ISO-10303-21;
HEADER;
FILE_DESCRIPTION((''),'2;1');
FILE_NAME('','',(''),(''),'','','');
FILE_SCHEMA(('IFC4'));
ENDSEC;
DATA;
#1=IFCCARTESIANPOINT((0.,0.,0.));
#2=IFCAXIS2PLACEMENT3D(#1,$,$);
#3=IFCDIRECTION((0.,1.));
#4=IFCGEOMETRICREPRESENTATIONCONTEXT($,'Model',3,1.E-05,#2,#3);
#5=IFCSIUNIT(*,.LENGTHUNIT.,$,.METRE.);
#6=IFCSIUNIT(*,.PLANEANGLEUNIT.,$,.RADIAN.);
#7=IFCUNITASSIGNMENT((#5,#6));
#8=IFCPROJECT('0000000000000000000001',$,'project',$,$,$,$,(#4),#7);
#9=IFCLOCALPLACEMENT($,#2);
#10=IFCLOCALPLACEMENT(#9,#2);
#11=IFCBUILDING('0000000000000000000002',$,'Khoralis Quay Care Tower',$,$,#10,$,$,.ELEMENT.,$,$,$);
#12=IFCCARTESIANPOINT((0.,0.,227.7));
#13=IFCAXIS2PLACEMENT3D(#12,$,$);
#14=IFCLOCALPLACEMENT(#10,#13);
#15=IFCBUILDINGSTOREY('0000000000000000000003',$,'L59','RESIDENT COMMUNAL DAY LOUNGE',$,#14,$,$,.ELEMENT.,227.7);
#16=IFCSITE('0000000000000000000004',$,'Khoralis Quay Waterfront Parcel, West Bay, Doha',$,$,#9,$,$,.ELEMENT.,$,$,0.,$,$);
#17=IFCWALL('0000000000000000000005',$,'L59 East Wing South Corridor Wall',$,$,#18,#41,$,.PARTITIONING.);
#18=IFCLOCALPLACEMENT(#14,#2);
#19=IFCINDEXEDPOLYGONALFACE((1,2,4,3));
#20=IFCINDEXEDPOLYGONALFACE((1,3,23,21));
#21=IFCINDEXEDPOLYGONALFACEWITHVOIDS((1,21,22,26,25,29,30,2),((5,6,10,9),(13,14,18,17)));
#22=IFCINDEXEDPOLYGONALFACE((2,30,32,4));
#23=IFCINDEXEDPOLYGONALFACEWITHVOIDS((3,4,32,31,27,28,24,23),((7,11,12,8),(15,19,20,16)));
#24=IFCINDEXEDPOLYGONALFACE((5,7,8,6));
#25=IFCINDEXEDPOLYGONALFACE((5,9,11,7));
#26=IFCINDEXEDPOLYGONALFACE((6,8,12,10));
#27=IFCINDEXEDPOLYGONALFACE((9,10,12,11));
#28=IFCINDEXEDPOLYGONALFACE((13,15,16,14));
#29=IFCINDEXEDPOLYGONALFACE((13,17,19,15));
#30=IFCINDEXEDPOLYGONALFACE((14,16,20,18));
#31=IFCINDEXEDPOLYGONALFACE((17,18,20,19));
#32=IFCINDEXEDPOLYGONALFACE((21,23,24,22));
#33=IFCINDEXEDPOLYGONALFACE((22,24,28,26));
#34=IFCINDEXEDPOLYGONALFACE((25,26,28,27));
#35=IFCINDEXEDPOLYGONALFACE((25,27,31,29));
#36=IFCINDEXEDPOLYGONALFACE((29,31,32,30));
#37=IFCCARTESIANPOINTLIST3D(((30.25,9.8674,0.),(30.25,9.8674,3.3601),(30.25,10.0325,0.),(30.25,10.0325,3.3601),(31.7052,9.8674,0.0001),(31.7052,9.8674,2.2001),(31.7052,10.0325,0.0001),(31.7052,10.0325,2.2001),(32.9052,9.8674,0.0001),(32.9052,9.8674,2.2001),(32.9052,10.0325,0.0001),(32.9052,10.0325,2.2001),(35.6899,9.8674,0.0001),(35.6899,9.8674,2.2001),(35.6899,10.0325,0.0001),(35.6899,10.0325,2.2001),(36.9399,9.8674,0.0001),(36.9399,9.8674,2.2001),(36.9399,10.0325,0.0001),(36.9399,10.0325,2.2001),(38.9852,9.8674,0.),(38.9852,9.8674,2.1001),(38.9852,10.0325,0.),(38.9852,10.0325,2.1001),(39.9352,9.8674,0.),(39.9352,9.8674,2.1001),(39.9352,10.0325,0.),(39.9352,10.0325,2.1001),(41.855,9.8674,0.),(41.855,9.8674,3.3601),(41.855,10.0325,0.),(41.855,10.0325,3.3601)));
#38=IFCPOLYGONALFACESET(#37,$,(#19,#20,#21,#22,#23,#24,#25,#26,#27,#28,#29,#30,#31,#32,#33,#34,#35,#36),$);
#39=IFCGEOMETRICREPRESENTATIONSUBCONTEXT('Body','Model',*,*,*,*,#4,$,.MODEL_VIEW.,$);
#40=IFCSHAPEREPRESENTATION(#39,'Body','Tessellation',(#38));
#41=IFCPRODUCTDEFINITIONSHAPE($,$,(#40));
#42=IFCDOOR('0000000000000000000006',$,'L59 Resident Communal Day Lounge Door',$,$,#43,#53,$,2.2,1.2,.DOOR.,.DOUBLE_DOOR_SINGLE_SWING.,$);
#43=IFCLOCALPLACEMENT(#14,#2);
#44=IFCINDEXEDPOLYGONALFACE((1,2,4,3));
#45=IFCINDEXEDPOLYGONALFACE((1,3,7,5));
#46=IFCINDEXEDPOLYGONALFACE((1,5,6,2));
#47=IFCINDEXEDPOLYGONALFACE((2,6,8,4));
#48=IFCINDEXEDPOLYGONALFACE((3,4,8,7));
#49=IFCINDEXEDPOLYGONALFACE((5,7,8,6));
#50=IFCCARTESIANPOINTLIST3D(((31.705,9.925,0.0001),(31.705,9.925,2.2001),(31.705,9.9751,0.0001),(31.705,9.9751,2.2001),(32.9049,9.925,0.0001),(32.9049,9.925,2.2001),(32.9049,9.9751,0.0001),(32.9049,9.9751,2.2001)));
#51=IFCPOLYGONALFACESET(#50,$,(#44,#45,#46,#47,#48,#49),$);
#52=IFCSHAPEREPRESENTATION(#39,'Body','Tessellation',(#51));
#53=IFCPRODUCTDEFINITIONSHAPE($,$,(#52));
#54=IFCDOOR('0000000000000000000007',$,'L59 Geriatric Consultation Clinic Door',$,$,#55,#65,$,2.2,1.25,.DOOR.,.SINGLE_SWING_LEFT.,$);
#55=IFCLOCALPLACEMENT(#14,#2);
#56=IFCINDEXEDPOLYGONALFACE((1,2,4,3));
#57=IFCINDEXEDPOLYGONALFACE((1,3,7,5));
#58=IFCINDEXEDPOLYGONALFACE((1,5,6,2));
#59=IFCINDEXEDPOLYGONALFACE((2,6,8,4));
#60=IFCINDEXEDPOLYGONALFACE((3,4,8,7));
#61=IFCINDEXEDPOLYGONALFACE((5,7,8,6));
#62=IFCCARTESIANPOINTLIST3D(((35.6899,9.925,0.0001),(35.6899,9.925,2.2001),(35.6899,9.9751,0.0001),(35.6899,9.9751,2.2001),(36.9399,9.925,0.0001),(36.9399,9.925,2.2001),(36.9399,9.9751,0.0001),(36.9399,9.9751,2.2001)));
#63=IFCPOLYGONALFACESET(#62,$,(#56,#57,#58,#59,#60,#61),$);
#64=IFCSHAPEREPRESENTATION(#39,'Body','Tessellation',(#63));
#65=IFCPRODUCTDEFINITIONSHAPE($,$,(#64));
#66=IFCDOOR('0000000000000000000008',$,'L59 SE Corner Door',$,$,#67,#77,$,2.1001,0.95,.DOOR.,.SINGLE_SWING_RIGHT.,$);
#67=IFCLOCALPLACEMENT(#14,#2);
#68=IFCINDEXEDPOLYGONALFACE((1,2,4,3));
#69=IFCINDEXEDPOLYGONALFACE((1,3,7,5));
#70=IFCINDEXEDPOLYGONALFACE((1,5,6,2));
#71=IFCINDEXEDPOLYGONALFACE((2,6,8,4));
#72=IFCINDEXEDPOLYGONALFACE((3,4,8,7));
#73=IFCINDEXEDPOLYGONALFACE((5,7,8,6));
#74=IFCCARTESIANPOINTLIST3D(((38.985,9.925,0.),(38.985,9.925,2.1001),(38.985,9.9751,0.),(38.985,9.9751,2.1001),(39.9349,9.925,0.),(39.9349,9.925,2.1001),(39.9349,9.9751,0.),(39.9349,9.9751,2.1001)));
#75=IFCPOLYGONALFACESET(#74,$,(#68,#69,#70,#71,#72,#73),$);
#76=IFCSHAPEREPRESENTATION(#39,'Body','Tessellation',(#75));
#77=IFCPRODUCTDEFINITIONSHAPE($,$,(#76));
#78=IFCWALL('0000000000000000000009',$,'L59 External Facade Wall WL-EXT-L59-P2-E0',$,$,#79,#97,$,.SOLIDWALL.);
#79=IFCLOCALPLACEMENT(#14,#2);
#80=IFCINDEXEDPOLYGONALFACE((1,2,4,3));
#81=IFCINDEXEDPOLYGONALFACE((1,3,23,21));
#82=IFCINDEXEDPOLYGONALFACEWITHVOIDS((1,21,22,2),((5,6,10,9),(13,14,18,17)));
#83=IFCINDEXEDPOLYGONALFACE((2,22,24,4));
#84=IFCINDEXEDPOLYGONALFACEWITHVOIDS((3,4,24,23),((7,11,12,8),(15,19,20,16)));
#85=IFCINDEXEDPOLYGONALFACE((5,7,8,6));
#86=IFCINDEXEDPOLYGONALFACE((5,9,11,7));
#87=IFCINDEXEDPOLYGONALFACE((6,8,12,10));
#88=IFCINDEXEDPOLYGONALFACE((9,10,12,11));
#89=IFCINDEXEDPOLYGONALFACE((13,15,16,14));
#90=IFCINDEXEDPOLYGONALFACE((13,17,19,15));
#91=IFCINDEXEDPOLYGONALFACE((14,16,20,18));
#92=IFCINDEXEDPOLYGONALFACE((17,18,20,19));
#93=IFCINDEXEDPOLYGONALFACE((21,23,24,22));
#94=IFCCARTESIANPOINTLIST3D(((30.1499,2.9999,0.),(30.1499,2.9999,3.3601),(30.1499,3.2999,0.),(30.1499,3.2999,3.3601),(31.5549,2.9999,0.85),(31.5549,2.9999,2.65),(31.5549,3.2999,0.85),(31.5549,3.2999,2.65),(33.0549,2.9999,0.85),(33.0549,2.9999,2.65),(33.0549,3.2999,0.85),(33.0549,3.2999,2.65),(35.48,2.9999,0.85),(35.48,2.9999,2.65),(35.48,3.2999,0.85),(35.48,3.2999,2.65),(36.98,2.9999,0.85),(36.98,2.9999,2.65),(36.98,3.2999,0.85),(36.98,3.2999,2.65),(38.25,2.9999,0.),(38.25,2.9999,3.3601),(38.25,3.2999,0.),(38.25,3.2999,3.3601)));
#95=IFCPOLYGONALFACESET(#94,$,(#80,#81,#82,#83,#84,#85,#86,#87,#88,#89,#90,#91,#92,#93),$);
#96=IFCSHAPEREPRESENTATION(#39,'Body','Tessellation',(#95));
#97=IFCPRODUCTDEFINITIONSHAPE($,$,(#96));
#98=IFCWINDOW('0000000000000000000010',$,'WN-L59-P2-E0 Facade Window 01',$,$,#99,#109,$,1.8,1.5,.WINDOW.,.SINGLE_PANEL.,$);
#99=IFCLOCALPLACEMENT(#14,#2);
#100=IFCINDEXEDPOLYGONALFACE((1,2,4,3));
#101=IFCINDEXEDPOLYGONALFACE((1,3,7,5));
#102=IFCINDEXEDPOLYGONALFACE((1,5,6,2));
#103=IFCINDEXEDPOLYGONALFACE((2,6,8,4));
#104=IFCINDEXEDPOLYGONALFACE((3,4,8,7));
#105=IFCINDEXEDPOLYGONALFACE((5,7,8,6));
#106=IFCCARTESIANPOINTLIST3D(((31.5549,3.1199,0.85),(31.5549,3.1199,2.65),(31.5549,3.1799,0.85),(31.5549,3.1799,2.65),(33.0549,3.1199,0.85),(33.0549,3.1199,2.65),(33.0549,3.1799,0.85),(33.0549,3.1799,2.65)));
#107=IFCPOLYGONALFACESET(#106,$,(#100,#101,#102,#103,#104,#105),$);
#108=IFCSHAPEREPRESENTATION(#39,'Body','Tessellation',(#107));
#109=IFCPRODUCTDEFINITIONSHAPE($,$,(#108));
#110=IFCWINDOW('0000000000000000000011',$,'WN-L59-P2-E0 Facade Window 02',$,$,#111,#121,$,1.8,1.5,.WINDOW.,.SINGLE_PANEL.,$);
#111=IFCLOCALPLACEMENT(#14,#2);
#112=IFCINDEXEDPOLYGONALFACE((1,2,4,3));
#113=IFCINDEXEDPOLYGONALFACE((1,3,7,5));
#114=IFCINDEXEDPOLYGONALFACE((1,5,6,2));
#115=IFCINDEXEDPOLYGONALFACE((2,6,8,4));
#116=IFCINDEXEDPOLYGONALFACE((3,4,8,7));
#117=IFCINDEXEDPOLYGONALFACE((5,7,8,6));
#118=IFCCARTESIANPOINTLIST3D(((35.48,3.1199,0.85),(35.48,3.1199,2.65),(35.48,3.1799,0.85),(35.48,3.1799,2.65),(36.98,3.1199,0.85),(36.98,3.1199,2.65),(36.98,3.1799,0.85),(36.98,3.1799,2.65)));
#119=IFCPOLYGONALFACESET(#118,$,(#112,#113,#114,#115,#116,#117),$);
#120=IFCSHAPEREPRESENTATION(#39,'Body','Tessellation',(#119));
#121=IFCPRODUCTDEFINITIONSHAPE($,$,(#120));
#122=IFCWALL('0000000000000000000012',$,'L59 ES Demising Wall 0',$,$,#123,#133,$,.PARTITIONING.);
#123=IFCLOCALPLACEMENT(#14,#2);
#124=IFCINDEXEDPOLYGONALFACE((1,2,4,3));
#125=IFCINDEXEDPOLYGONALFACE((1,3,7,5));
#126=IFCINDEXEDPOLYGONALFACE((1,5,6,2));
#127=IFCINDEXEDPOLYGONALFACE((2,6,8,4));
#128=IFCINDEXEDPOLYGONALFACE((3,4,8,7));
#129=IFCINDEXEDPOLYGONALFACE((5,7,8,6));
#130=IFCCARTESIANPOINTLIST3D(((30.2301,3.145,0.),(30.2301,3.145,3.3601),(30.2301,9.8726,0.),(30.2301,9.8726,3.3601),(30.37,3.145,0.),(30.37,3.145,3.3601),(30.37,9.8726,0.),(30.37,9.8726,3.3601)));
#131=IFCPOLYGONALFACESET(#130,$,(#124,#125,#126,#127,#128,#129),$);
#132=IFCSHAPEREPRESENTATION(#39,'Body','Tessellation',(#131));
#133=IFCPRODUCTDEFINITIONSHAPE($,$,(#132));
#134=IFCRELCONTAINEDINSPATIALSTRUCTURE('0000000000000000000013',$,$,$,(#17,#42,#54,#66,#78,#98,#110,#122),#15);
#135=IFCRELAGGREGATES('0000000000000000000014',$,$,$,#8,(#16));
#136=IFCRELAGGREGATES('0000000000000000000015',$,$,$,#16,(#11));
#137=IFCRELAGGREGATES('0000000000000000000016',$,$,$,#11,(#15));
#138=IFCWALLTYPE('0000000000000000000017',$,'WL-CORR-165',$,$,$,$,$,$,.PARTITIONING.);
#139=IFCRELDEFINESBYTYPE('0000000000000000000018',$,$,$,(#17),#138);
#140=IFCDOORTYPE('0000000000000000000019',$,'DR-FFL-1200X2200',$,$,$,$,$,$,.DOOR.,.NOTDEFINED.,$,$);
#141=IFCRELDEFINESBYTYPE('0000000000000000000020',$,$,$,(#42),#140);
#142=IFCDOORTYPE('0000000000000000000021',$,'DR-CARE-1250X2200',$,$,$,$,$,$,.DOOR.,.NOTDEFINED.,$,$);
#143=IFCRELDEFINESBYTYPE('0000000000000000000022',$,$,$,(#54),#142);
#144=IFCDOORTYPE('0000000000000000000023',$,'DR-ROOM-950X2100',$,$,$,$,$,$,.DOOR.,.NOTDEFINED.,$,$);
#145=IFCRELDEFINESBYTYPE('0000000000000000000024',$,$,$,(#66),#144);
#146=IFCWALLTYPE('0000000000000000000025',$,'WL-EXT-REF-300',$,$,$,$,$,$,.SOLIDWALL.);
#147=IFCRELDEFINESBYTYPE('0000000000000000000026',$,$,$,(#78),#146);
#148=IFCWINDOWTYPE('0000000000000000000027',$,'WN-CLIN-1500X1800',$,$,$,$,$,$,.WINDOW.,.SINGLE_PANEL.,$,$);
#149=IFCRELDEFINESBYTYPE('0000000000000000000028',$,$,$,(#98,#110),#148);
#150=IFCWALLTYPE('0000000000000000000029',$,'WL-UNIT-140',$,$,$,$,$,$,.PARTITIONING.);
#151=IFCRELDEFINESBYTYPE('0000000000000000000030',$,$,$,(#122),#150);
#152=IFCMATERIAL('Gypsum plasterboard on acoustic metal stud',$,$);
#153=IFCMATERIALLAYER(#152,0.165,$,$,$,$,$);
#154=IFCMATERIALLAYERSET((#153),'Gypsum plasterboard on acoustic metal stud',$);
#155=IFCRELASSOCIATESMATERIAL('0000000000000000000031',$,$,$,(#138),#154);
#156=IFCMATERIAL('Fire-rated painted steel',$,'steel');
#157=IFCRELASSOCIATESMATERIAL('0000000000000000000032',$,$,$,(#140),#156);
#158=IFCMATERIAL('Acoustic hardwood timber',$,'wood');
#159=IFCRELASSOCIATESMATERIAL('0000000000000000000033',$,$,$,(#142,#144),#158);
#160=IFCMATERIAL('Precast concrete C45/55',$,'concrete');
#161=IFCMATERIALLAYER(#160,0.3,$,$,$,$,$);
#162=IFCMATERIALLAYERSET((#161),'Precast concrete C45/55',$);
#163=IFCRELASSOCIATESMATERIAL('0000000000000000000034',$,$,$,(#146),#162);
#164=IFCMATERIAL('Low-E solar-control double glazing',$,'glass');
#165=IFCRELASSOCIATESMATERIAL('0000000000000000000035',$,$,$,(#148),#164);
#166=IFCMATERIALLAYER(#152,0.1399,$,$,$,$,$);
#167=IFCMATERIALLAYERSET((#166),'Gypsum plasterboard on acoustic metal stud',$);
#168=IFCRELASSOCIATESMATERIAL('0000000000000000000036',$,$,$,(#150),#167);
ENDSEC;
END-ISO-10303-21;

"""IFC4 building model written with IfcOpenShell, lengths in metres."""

from ifc_helpers import new_model, si_unit, direction, frame, frame_2d, origin, place, context, subcontext, project, spatial, rectangle, extrude, source, transform, mapped, material, layer, layer_set, type_object, element, fill, save


model = new_model("IFC4")

# Units and contexts
model_context = context("Model", 3, precision=1e-05, world=origin(), true_north=direction((0.0, 1.0)))
body_context = subcontext(model_context, "Body", "Model", "MODEL_VIEW")
ifc_project = project(units=[si_unit("LENGTHUNIT", "METRE"), si_unit("PLANEANGLEUNIT", "RADIAN")], contexts=[model_context])

# Site, building, storey
site_placement = place(None, origin())
site = spatial("IfcSite", under=ifc_project, at=site_placement, Name="Khoralis Quay Waterfront Parcel, West Bay, Doha", CompositionType="ELEMENT", RefElevation=0.0)
building_placement = place(site_placement, origin())
building = spatial("IfcBuilding", under=site, at=building_placement, Name="Khoralis Quay Care Tower", CompositionType="ELEMENT")
storey_placement = place(building_placement, frame((0.0, 0.0, 227.7)))
storey = spatial("IfcBuildingStorey", under=building, at=storey_placement, Name="L59", Description="RESIDENT COMMUNAL DAY LOUNGE", CompositionType="ELEMENT", Elevation=227.7)

# Shared definitions
ifc_material_1 = material(Name="Low-E solar-control double glazing", Category="glass")

# Wall, openings, doors
ifc_material_2 = material(Name="Gypsum plasterboard on acoustic metal stud")
ifc_layer_1 = layer(ifc_material_2, 0.165)
ifc_layer_set_1 = layer_set([ifc_layer_1], Name="Gypsum plasterboard on acoustic metal stud")
wall_type_1 = type_object("IfcWallType", Name="WL-CORR-165", PredefinedType="PARTITIONING", material=ifc_layer_set_1)
wall_1_placement = place(storey_placement, frame((30.25, 9.95, 0.0), z_axis=(0.0, 0.0, 1.0), x_axis=(1.0, 0.0, 0.0)))
wall_1 = element("IfcWall", 1, at=wall_1_placement, inside=storey, type_object=wall_type_1, Name="L59 East Wing South Corridor Wall", PredefinedType="PARTITIONING", context=body_context, shape_type="SweptSolid", body=[
    extrude(rectangle(XDim=11.605, YDim=0.165, at=frame_2d((5.8025, 0.0))), origin(), (0.0, 0.0, 1.0), 3.3601),
])
opening_1_placement = place(wall_1_placement, frame((1.4551, 0.0, 0.0)))
opening_1 = element("IfcOpeningElement", 2, at=opening_1_placement, cuts=wall_1, PredefinedType="OPENING", context=body_context, shape_type="SweptSolid", body=[
    extrude(rectangle(XDim=1.2, YDim=2.2, at=frame_2d((0.6001, 1.1001))), frame((0.0, 0.0925, 0.0), z_axis=(0.0, -1.0, 0.0), x_axis=(1.0, 0.0, 0.0)), (0.0, 0.0, 1.0), 0.1851),
])
opening_2_placement = place(wall_1_placement, frame((5.4399, 0.0, 0.0)))
opening_2 = element("IfcOpeningElement", 3, at=opening_2_placement, cuts=wall_1, PredefinedType="OPENING", context=body_context, shape_type="SweptSolid", body=[
    extrude(rectangle(XDim=1.25, YDim=2.2, at=frame_2d((0.625, 1.1001))), frame((0.0, 0.0925, 0.0), z_axis=(0.0, -1.0, 0.0), x_axis=(1.0, 0.0, 0.0)), (0.0, 0.0, 1.0), 0.1851),
])
opening_3_placement = place(wall_1_placement, frame((8.7351, 0.0, 0.0)))
opening_3 = element("IfcOpeningElement", 4, at=opening_3_placement, cuts=wall_1, PredefinedType="OPENING", context=body_context, shape_type="SweptSolid", body=[
    extrude(rectangle(XDim=0.95, YDim=2.1001, at=frame_2d((0.4751, 1.05))), frame((0.0, 0.0925, 0.0), z_axis=(0.0, -1.0, 0.0), x_axis=(1.0, 0.0, 0.0)), (0.0, 0.0, 1.0), 0.1851),
])
ifc_material_3 = material(Name="Fire-rated painted steel", Category="steel")
door_type_1 = type_object("IfcDoorType", Name="DR-FFL-1200X2200", OperationType="NOTDEFINED", PredefinedType="DOOR", material=ifc_material_3)
shared_shape_1 = source(origin(), body_context, "Body", "SweptSolid", [
    extrude(rectangle(XDim=1.2, YDim=2.2, at=frame_2d((0.6001, 1.1001))), frame((0.0, 0.0249, 0.0), z_axis=(0.0, -1.0, 0.0), x_axis=(1.0, 0.0, 0.0)), (0.0, 0.0, 1.0), 0.05),
])
door_1_placement = place(opening_1_placement, frame((1.2, 0.0, 0.0), z_axis=(0.0, 0.0, 1.0), x_axis=(-1.0, 0.0, 0.0)))
door_1 = element("IfcDoor", 5, at=door_1_placement, inside=storey, type_object=door_type_1, Name="L59 Resident Communal Day Lounge Door", OperationType="DOUBLE_DOOR_SINGLE_SWING", OverallHeight=2.2, OverallWidth=1.2, PredefinedType="DOOR", context=body_context, shape_type="MappedRepresentation", body=[
    mapped(shared_shape_1, transform((0.0, 0.0, 0.0), scale=1.0)),
])
fill(opening_1, door_1)
ifc_material_4 = material(Name="Acoustic hardwood timber", Category="wood")
door_type_2 = type_object("IfcDoorType", Name="DR-CARE-1250X2200", OperationType="NOTDEFINED", PredefinedType="DOOR", material=ifc_material_4)
shared_shape_2 = source(origin(), body_context, "Body", "SweptSolid", [
    extrude(rectangle(XDim=1.25, YDim=2.2, at=frame_2d((0.625, 1.1001))), frame((0.0, 0.0249, 0.0), z_axis=(0.0, -1.0, 0.0), x_axis=(1.0, 0.0, 0.0)), (0.0, 0.0, 1.0), 0.05),
])
door_2_placement = place(opening_2_placement, frame((1.25, 0.0, 0.0), z_axis=(0.0, 0.0, 1.0), x_axis=(-1.0, 0.0, 0.0)))
door_2 = element("IfcDoor", 6, at=door_2_placement, inside=storey, type_object=door_type_2, Name="L59 Geriatric Consultation Clinic Door", OperationType="SINGLE_SWING_LEFT", OverallHeight=2.2, OverallWidth=1.25, PredefinedType="DOOR", context=body_context, shape_type="MappedRepresentation", body=[
    mapped(shared_shape_2, transform((0.0, 0.0, 0.0), scale=1.0)),
])
fill(opening_2, door_2)
door_type_3 = type_object("IfcDoorType", Name="DR-ROOM-950X2100", OperationType="NOTDEFINED", PredefinedType="DOOR", material=ifc_material_4)
shared_shape_3 = source(origin(), body_context, "Body", "SweptSolid", [
    extrude(rectangle(XDim=0.95, YDim=2.1001, at=frame_2d((0.4751, 1.05))), frame((0.0, 0.0249, 0.0), z_axis=(0.0, -1.0, 0.0), x_axis=(1.0, 0.0, 0.0)), (0.0, 0.0, 1.0), 0.05),
])
door_3_placement = place(opening_3_placement, frame((0.95, 0.0, 0.0), z_axis=(0.0, 0.0, 1.0), x_axis=(-1.0, 0.0, 0.0)))
door_3 = element("IfcDoor", 7, at=door_3_placement, inside=storey, type_object=door_type_3, Name="L59 SE Corner Door", OperationType="SINGLE_SWING_RIGHT", OverallHeight=2.1001, OverallWidth=0.95, PredefinedType="DOOR", context=body_context, shape_type="MappedRepresentation", body=[
    mapped(shared_shape_3, transform((0.0, 0.0, 0.0), scale=1.0)),
])
fill(opening_3, door_3)

# Wall, openings, windows
ifc_material_5 = material(Name="Precast concrete C45/55", Category="concrete")
ifc_layer_2 = layer(ifc_material_5, 0.3)
ifc_layer_set_2 = layer_set([ifc_layer_2], Name="Precast concrete C45/55")
wall_type_2 = type_object("IfcWallType", Name="WL-EXT-REF-300", PredefinedType="SOLIDWALL", material=ifc_layer_set_2)
wall_2_placement = place(storey_placement, frame((30.1499, 3.1499, 0.0), z_axis=(0.0, 0.0, 1.0), x_axis=(1.0, 0.0, 0.0)))
wall_2 = element("IfcWall", 8, at=wall_2_placement, inside=storey, type_object=wall_type_2, Name="L59 External Facade Wall WL-EXT-L59-P2-E0", PredefinedType="SOLIDWALL", context=body_context, shape_type="SweptSolid", body=[
    extrude(rectangle(XDim=8.1001, YDim=0.3, at=frame_2d((4.05, 0.0))), origin(), (0.0, 0.0, 1.0), 3.3601),
])
opening_4_placement = place(wall_2_placement, frame((1.405, 0.0, 0.8501)))
opening_4 = element("IfcOpeningElement", 9, at=opening_4_placement, cuts=wall_2, PredefinedType="OPENING", context=body_context, shape_type="SweptSolid", body=[
    extrude(rectangle(XDim=1.5, YDim=1.8, at=frame_2d((0.75, 0.8999))), frame((0.0, 0.1602, 0.0), z_axis=(0.0, -1.0, 0.0), x_axis=(1.0, 0.0, 0.0)), (0.0, 0.0, 1.0), 0.3201),
])
opening_5_placement = place(wall_2_placement, frame((5.3301, 0.0, 0.8501)))
opening_5 = element("IfcOpeningElement", 10, at=opening_5_placement, cuts=wall_2, PredefinedType="OPENING", context=body_context, shape_type="SweptSolid", body=[
    extrude(rectangle(XDim=1.5, YDim=1.8, at=frame_2d((0.75, 0.8999))), frame((0.0, 0.1602, 0.0), z_axis=(0.0, -1.0, 0.0), x_axis=(1.0, 0.0, 0.0)), (0.0, 0.0, 1.0), 0.3201),
])
window_type = type_object("IfcWindowType", Name="WN-CLIN-1500X1800", PartitioningType="SINGLE_PANEL", PredefinedType="WINDOW", material=ifc_material_1)
shared_shape_4 = source(origin(), body_context, "Body", "SweptSolid", [
    extrude(rectangle(XDim=1.5, YDim=1.8, at=frame_2d((0.75, 0.8999))), frame((0.0, 0.03, 0.0), z_axis=(0.0, -1.0, 0.0), x_axis=(1.0, 0.0, 0.0)), (0.0, 0.0, 1.0), 0.0601),
])
window_1_placement = place(opening_4_placement, origin())
window_1 = element("IfcWindow", 11, at=window_1_placement, inside=storey, type_object=window_type, Name="WN-L59-P2-E0 Facade Window 01", OverallHeight=1.8, OverallWidth=1.5, PartitioningType="SINGLE_PANEL", PredefinedType="WINDOW", context=body_context, shape_type="MappedRepresentation", body=[
    mapped(shared_shape_4, transform((0.0, 0.0, 0.0), scale=1.0)),
])
fill(opening_4, window_1)
window_2_placement = place(opening_5_placement, origin())
window_2 = element("IfcWindow", 12, at=window_2_placement, inside=storey, type_object=window_type, Name="WN-L59-P2-E0 Facade Window 02", OverallHeight=1.8, OverallWidth=1.5, PartitioningType="SINGLE_PANEL", PredefinedType="WINDOW", context=body_context, shape_type="MappedRepresentation", body=[
    mapped(shared_shape_4, transform((0.0, 0.0, 0.0), scale=1.0)),
])
fill(opening_5, window_2)

# Wall
ifc_layer_3 = layer(ifc_material_2, 0.1399)
ifc_layer_set_3 = layer_set([ifc_layer_3], Name="Gypsum plasterboard on acoustic metal stud")
wall_type_3 = type_object("IfcWallType", Name="WL-UNIT-140", PredefinedType="PARTITIONING", material=ifc_layer_set_3)
wall_3_placement = place(storey_placement, frame((30.3, 3.145, 0.0), z_axis=(0.0, 0.0, 1.0), x_axis=(0.0, 1.0, 0.0)))
element("IfcWall", 13, at=wall_3_placement, inside=storey, type_object=wall_type_3, Name="L59 ES Demising Wall 0", PredefinedType="PARTITIONING", context=body_context, shape_type="SweptSolid", body=[
    extrude(rectangle(XDim=6.7275, YDim=0.1399, at=frame_2d((3.3638, 0.0))), origin(), (0.0, 0.0, 1.0), 3.3601),
])

save(model, "model.ifc")
